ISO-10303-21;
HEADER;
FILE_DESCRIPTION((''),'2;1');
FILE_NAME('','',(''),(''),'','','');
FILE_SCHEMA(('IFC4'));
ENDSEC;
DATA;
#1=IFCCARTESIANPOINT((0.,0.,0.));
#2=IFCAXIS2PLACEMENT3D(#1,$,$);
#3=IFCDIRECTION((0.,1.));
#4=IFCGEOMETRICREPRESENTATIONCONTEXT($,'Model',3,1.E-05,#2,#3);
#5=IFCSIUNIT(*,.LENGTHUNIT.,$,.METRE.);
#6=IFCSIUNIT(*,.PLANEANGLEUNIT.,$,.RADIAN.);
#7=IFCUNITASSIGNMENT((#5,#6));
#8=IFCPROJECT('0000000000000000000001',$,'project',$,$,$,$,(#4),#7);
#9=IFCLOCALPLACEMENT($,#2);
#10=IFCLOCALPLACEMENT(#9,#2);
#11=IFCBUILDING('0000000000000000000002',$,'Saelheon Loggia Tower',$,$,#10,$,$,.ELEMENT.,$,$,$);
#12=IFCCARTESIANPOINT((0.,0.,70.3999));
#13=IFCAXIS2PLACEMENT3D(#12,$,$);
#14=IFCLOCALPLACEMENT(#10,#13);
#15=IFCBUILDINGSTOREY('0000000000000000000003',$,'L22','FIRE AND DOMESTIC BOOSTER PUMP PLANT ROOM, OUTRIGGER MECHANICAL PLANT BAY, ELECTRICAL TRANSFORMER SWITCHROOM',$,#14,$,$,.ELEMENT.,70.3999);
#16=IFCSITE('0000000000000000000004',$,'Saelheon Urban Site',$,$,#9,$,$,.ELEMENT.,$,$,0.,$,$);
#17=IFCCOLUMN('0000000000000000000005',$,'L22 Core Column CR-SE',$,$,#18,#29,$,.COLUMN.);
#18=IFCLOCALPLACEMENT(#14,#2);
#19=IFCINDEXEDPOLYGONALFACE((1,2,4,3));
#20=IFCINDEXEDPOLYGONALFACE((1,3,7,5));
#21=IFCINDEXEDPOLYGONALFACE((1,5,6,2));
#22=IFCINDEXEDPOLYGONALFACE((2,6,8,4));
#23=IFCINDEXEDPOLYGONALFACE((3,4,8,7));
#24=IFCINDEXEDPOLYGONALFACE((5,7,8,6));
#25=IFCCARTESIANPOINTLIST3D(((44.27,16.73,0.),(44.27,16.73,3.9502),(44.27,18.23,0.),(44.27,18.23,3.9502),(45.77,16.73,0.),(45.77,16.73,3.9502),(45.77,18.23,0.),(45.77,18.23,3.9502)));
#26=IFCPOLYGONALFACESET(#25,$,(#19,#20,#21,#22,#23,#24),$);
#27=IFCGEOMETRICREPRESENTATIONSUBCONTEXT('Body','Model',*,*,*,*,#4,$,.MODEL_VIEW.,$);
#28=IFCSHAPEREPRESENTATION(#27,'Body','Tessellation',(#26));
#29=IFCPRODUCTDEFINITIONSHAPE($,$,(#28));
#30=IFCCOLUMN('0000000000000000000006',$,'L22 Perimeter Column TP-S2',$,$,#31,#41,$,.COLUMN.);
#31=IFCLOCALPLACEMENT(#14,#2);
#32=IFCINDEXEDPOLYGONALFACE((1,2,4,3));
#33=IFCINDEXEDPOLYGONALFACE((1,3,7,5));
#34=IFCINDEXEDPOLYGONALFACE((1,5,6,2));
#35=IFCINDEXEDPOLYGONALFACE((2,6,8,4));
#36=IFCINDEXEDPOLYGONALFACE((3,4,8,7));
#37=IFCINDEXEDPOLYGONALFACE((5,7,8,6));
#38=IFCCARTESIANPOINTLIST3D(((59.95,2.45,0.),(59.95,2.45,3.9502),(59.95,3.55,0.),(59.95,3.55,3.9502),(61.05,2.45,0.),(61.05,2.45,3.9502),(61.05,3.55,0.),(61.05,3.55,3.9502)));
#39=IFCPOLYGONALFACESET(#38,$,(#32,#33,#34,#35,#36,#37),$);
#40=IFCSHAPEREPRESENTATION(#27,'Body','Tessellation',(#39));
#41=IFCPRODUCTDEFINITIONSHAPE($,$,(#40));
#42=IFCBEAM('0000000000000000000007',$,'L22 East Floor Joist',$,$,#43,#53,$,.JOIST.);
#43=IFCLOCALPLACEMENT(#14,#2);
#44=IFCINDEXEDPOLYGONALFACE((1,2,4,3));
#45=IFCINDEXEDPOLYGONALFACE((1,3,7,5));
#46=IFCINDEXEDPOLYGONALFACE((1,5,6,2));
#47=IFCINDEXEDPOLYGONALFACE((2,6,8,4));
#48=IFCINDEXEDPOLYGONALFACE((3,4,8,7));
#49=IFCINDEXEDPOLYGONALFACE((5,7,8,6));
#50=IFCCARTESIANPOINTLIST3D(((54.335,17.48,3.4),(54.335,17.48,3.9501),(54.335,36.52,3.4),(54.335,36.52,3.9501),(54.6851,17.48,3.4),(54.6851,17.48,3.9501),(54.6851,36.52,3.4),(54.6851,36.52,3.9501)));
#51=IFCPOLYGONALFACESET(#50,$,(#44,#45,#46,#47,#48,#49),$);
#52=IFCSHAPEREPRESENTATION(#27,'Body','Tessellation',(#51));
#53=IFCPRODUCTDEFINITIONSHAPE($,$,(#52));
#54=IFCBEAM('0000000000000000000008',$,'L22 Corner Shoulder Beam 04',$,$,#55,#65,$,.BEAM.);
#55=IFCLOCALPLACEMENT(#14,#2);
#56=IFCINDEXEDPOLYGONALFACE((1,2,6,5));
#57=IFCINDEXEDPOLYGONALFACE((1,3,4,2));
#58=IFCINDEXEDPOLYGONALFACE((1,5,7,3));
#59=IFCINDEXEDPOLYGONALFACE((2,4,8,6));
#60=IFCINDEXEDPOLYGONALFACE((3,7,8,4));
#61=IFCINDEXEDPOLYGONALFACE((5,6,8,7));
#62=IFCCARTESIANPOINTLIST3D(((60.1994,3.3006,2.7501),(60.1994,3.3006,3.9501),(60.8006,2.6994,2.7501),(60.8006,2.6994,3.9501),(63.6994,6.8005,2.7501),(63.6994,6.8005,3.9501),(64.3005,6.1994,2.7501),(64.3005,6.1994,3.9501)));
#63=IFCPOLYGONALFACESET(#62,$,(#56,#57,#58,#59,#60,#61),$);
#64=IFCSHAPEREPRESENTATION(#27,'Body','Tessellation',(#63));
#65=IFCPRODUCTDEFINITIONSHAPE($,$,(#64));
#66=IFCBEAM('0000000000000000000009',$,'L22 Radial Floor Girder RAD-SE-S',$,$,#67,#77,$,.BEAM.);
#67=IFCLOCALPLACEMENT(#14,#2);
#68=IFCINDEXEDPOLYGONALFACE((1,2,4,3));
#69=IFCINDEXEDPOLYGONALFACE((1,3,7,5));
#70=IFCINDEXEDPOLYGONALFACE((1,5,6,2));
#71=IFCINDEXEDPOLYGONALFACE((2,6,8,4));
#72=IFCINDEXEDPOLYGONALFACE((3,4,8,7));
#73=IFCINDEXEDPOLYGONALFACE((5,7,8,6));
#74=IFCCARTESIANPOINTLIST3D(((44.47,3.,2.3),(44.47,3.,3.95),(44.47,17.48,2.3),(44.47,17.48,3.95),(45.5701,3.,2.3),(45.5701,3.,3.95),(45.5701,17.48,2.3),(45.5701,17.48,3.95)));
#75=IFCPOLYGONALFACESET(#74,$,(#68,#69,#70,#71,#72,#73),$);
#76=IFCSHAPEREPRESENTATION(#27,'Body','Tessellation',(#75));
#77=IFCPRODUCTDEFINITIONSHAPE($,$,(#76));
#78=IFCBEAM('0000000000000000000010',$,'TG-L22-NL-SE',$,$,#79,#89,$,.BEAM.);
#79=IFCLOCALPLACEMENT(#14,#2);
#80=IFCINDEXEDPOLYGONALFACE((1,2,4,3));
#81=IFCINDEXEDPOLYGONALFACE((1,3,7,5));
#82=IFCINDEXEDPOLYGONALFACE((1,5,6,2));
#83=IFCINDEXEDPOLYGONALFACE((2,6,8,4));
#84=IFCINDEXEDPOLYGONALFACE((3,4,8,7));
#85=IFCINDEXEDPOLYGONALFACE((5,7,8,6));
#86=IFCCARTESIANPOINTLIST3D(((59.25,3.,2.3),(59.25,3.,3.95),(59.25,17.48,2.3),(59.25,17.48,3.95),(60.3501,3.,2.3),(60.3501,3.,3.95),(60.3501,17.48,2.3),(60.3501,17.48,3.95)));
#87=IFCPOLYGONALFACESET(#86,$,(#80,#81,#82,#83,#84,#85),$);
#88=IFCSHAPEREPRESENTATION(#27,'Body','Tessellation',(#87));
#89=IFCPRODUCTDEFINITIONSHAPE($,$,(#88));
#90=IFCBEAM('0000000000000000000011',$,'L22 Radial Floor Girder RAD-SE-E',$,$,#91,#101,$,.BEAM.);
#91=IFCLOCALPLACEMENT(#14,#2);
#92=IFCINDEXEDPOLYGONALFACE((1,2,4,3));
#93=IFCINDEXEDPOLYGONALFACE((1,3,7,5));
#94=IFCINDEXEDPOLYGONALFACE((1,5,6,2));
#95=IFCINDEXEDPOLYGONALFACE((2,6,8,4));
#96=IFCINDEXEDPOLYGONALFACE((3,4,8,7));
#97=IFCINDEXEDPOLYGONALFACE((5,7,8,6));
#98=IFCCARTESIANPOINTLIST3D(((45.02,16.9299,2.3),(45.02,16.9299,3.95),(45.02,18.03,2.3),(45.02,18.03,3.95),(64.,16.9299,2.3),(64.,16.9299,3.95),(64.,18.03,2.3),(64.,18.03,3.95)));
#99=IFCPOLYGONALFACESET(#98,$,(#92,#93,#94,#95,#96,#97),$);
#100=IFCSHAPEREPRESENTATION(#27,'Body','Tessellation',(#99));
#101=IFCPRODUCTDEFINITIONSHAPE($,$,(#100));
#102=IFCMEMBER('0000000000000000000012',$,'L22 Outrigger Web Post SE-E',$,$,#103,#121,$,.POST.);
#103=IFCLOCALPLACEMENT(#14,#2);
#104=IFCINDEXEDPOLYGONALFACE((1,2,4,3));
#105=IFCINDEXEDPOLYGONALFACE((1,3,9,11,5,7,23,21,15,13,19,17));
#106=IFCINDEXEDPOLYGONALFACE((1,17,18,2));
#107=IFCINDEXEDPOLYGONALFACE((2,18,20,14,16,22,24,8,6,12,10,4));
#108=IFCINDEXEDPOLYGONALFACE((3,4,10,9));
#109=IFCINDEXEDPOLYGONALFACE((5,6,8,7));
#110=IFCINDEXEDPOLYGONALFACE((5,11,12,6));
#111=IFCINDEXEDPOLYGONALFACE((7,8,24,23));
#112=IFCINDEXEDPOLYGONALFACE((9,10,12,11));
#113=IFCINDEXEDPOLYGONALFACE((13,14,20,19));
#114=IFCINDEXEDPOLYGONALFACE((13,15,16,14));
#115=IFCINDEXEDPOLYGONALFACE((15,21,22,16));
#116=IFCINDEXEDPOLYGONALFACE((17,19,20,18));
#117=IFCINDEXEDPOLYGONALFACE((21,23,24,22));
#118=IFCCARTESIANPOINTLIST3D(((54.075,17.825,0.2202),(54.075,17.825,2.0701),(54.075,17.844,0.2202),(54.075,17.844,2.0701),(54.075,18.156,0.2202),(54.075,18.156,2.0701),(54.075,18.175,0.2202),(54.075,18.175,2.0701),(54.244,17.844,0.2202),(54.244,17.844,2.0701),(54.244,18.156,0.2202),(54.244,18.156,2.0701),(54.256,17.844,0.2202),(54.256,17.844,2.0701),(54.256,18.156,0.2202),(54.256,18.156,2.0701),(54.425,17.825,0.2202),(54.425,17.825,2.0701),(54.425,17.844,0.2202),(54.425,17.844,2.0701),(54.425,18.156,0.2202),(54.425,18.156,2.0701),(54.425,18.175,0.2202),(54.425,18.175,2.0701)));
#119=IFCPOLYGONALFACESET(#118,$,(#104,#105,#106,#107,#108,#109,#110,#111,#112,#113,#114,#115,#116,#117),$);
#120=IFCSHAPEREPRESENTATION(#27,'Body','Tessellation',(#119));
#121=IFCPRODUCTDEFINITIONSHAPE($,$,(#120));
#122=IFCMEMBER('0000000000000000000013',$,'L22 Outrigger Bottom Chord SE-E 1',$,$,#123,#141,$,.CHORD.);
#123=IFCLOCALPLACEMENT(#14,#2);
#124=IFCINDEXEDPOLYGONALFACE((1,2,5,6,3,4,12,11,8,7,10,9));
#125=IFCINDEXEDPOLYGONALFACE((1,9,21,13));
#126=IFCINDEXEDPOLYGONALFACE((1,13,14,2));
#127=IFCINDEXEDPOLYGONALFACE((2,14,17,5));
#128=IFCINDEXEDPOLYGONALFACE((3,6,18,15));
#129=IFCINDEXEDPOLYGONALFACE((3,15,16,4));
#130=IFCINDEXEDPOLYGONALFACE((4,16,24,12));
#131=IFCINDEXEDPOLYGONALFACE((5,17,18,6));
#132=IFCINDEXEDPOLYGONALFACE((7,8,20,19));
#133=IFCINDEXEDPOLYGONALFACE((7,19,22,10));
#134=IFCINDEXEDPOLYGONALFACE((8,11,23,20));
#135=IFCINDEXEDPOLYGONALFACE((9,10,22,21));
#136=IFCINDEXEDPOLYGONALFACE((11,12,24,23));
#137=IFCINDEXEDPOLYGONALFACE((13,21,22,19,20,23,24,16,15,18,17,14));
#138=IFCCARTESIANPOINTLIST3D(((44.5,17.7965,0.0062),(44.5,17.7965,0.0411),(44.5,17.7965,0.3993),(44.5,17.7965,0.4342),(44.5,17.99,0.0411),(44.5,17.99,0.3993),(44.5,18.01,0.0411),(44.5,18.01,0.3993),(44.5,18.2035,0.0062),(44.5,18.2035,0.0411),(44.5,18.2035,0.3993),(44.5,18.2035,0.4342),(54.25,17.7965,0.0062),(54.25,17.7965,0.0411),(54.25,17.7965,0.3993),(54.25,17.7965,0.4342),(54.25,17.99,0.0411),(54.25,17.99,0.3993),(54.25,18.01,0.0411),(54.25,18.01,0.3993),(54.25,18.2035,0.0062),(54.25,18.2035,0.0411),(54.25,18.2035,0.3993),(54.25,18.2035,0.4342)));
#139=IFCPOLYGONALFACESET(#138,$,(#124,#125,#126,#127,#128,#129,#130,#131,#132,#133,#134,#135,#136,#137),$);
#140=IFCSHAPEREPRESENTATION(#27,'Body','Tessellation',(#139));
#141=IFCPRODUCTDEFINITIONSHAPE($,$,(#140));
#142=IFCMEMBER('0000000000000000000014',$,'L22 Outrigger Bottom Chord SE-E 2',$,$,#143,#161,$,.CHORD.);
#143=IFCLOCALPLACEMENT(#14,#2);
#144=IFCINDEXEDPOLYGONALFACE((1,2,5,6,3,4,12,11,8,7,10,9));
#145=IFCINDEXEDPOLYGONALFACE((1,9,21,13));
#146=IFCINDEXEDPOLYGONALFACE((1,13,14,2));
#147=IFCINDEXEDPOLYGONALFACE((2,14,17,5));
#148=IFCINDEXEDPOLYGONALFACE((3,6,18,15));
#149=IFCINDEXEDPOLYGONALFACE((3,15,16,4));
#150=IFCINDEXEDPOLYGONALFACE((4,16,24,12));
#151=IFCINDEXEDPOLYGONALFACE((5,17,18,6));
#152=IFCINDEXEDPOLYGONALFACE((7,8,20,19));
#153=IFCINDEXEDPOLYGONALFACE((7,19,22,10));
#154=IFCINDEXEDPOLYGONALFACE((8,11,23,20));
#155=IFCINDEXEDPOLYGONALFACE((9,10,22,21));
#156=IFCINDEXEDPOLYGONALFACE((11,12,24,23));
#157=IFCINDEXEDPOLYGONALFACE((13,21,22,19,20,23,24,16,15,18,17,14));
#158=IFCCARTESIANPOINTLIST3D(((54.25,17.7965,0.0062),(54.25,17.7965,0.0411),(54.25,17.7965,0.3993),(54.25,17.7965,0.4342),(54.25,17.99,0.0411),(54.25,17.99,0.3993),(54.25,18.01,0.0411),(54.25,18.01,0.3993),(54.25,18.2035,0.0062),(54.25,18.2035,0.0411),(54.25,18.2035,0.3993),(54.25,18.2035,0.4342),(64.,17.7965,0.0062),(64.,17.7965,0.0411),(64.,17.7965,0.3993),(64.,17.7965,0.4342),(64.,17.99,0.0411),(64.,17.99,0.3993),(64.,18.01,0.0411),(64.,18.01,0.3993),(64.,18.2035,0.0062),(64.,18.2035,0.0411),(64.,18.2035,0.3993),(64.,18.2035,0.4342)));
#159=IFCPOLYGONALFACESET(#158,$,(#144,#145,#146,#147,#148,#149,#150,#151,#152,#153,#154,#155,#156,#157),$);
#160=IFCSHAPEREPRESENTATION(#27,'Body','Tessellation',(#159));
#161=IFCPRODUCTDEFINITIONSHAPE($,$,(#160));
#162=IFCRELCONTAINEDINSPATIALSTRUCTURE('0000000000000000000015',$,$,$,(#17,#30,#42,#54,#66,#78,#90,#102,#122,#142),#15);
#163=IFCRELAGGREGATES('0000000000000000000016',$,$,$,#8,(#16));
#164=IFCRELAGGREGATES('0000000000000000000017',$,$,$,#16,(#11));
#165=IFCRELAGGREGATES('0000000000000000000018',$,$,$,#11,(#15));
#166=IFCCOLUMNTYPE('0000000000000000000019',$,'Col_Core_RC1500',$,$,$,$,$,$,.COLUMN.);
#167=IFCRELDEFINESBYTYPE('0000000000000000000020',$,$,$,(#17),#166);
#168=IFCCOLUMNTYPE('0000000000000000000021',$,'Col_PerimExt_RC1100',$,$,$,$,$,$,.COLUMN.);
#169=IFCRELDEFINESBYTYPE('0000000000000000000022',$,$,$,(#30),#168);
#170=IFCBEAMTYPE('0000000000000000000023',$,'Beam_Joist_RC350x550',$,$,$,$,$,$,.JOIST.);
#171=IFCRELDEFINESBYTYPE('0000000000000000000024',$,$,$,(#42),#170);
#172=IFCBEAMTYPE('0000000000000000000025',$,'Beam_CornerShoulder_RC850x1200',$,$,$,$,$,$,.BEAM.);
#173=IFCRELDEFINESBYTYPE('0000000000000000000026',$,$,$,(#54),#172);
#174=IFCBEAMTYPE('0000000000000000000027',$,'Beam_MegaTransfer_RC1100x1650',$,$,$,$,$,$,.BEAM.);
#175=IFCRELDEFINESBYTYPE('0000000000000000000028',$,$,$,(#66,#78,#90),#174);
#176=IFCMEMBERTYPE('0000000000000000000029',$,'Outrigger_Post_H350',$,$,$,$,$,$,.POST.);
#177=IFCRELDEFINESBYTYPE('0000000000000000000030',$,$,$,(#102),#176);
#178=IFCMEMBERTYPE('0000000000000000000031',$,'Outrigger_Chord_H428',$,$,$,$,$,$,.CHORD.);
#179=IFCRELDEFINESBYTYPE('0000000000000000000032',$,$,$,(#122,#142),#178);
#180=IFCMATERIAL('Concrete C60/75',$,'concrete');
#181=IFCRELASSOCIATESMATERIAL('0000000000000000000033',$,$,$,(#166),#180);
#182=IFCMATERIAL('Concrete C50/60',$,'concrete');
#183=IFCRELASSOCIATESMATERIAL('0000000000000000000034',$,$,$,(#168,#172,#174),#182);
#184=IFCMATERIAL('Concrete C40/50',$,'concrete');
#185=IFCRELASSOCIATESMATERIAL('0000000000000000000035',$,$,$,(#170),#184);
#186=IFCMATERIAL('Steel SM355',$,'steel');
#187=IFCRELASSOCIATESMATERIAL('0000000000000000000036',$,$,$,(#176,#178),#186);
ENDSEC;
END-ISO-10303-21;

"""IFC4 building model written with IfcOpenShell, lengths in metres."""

from ifc_helpers import new_model, si_unit, direction, frame, origin, origin_2d, place, context, subcontext, project, spatial, rectangle, i_section, extrude, source, transform, mapped, material, material_profile, profile_set, type_object, element, save


model = new_model("IFC4")

# Units and contexts
model_context = context("Model", 3, precision=1e-05, world=origin(), true_north=direction((0.0, 1.0)))
body_context = subcontext(model_context, "Body", "Model", "MODEL_VIEW")
ifc_project = project(units=[si_unit("LENGTHUNIT", "METRE"), si_unit("PLANEANGLEUNIT", "RADIAN")], contexts=[model_context])

# Site, building, storey
site_placement = place(None, origin())
site = spatial("IfcSite", under=ifc_project, at=site_placement, Name="Saelheon Urban Site", CompositionType="ELEMENT", RefElevation=0.0)
building_placement = place(site_placement, origin())
building = spatial("IfcBuilding", under=site, at=building_placement, Name="Saelheon Loggia Tower", CompositionType="ELEMENT")
storey_placement = place(building_placement, frame((0.0, 0.0, 70.3999)))
storey = spatial("IfcBuildingStorey", under=building, at=storey_placement, Name="L22", Description="FIRE AND DOMESTIC BOOSTER PUMP PLANT ROOM, OUTRIGGER MECHANICAL PLANT BAY, ELECTRICAL TRANSFORMER SWITCHROOM", CompositionType="ELEMENT", Elevation=70.3999)

# Columns
ifc_material_1 = material(Name="Concrete C60/75", Category="concrete")
ifc_material_profile_1 = material_profile(ifc_material_1, rectangle(XDim=1.5, YDim=1.5, at=origin_2d()), Name="RC-1500x1500")
ifc_profile_set_1 = profile_set([ifc_material_profile_1], Name="Concrete C60/75")
column_type_1 = type_object("IfcColumnType", Name="Col_Core_RC1500", PredefinedType="COLUMN", material=ifc_profile_set_1)
shared_shape_1 = source(origin(), body_context, "Body", "SweptSolid", [
    extrude(rectangle(XDim=1.5, YDim=1.5, at=origin_2d()), origin(), (0.0, 0.0, 1.0), 3.9502),
])
column_1_placement = place(storey_placement, frame((45.02, 17.48, 0.0), z_axis=(0.0, 0.0, 1.0), x_axis=(1.0, 0.0, 0.0)))
element("IfcColumn", 1, at=column_1_placement, inside=storey, type_object=column_type_1, Name="L22 Core Column CR-SE", PredefinedType="COLUMN", context=body_context, shape_type="MappedRepresentation", body=[
    mapped(shared_shape_1, transform((0.0, 0.0, 0.0), scale=1.0)),
])
ifc_material_2 = material(Name="Concrete C50/60", Category="concrete")
ifc_material_profile_2 = material_profile(ifc_material_2, rectangle(XDim=1.1001, YDim=1.1001, at=origin_2d()), Name="RC-1100x1100")
ifc_profile_set_2 = profile_set([ifc_material_profile_2], Name="Concrete C50/60")
column_type_2 = type_object("IfcColumnType", Name="Col_PerimExt_RC1100", PredefinedType="COLUMN", material=ifc_profile_set_2)
shared_shape_2 = source(origin(), body_context, "Body", "SweptSolid", [
    extrude(rectangle(XDim=1.1001, YDim=1.1001, at=origin_2d()), origin(), (0.0, 0.0, 1.0), 3.9502),
])
column_2_placement = place(storey_placement, frame((60.5, 3.0, 0.0), z_axis=(0.0, 0.0, 1.0), x_axis=(1.0, 0.0, 0.0)))
element("IfcColumn", 2, at=column_2_placement, inside=storey, type_object=column_type_2, Name="L22 Perimeter Column TP-S2", PredefinedType="COLUMN", context=body_context, shape_type="MappedRepresentation", body=[
    mapped(shared_shape_2, transform((0.0, 0.0, 0.0), scale=1.0)),
])

# Beams
ifc_material_3 = material(Name="Concrete C40/50", Category="concrete")
ifc_material_profile_3 = material_profile(ifc_material_3, rectangle(XDim=0.3501, YDim=0.55, at=origin_2d()), Name="RC-350x550")
ifc_profile_set_3 = profile_set([ifc_material_profile_3], Name="Concrete C40/50")
beam_type_1 = type_object("IfcBeamType", Name="Beam_Joist_RC350x550", PredefinedType="JOIST", material=ifc_profile_set_3)
shared_shape_3 = source(origin(), body_context, "Body", "SweptSolid", [
    extrude(rectangle(XDim=0.3501, YDim=0.55, at=origin_2d()), origin(), (0.0, 0.0, 1.0), 19.04),
])
beam_1_placement = place(storey_placement, frame((54.51, 17.48, 3.675), z_axis=(0.0, 1.0, 0.0), x_axis=(-1.0, 0.0, 0.0)))
element("IfcBeam", 3, at=beam_1_placement, inside=storey, type_object=beam_type_1, Name="L22 East Floor Joist", PredefinedType="JOIST", context=body_context, shape_type="MappedRepresentation", body=[
    mapped(shared_shape_3, transform((0.0, 0.0, 0.0), scale=1.0)),
])
ifc_material_profile_4 = material_profile(ifc_material_2, rectangle(XDim=0.8501, YDim=1.2, at=origin_2d()), Name="RC-850x1200")
ifc_profile_set_4 = profile_set([ifc_material_profile_4], Name="Concrete C50/60")
beam_type_2 = type_object("IfcBeamType", Name="Beam_CornerShoulder_RC850x1200", PredefinedType="BEAM", material=ifc_profile_set_4)
shared_shape_4 = source(origin(), body_context, "Body", "SweptSolid", [
    extrude(rectangle(XDim=0.8501, YDim=1.2, at=origin_2d()), origin(), (0.0, 0.0, 1.0), 4.9497),
])
beam_2_placement = place(storey_placement, frame((60.5, 3.0, 3.3501), z_axis=(0.707107, 0.707107, 0.0), x_axis=(-0.707107, 0.707107, 0.0)))
element("IfcBeam", 4, at=beam_2_placement, inside=storey, type_object=beam_type_2, Name="L22 Corner Shoulder Beam 04", PredefinedType="BEAM", context=body_context, shape_type="MappedRepresentation", body=[
    mapped(shared_shape_4, transform((0.0, 0.0, 0.0), scale=1.0)),
])
ifc_material_profile_5 = material_profile(ifc_material_2, rectangle(XDim=1.1001, YDim=1.6499, at=origin_2d()), Name="RC-1100x1650")
ifc_profile_set_5 = profile_set([ifc_material_profile_5], Name="Concrete C50/60")
beam_type_3 = type_object("IfcBeamType", Name="Beam_MegaTransfer_RC1100x1650", PredefinedType="BEAM", material=ifc_profile_set_5)
shared_shape_5 = source(origin(), body_context, "Body", "SweptSolid", [
    extrude(rectangle(XDim=1.1001, YDim=1.6499, at=origin_2d()), origin(), (0.0, 0.0, 1.0), 14.48),
])
for number, where, z_axis, x_axis, name in (
    (5, (45.02, 17.48, 3.125), (0.0, -1.0, 0.0), (1.0, 0.0, 0.0), "L22 Radial Floor Girder RAD-SE-S"),
    (6, (59.8, 3.0, 3.125), (0.0, 1.0, 0.0), (-1.0, 0.0, 0.0), "TG-L22-NL-SE"),
):
    element("IfcBeam", number, at=place(storey_placement, frame(where, z_axis=z_axis, x_axis=x_axis)), inside=storey, type_object=beam_type_3, Name=name, PredefinedType="BEAM", context=body_context, shape_type="MappedRepresentation", body=[
        mapped(shared_shape_5, transform((0.0, 0.0, 0.0), scale=1.0)),
    ])
shared_shape_6 = source(origin(), body_context, "Body", "SweptSolid", [
    extrude(rectangle(XDim=1.1001, YDim=1.6499, at=origin_2d()), origin(), (0.0, 0.0, 1.0), 18.98),
])
beam_3_placement = place(storey_placement, frame((45.02, 17.48, 3.125), z_axis=(1.0, 0.0, 0.0), x_axis=(0.0, 1.0, 0.0)))
element("IfcBeam", 7, at=beam_3_placement, inside=storey, type_object=beam_type_3, Name="L22 Radial Floor Girder RAD-SE-E", PredefinedType="BEAM", context=body_context, shape_type="MappedRepresentation", body=[
    mapped(shared_shape_6, transform((0.0, 0.0, 0.0), scale=1.0)),
])

# Members
ifc_material_4 = material(Name="Steel SM355", Category="steel")
ifc_material_profile_6 = material_profile(ifc_material_4, i_section(OverallWidth=0.3501, OverallDepth=0.3501, WebThickness=0.012, FlangeThickness=0.019, at=origin_2d()), Name="H-350x350x12x19")
ifc_profile_set_6 = profile_set([ifc_material_profile_6], Name="Steel SM355")
member_type_1 = type_object("IfcMemberType", Name="Outrigger_Post_H350", PredefinedType="POST", material=ifc_profile_set_6)
shared_shape_7 = source(origin(), body_context, "Body", "SweptSolid", [
    extrude(i_section(OverallWidth=0.3501, OverallDepth=0.3501, WebThickness=0.012, FlangeThickness=0.019, at=origin_2d()), origin(), (0.0, 0.0, 1.0), 1.8499),
])
member_1_placement = place(storey_placement, frame((54.25, 18.0, 0.2202), z_axis=(0.0, 0.0, 1.0), x_axis=(1.0, 0.0, 0.0)))
element("IfcMember", 8, at=member_1_placement, inside=storey, type_object=member_type_1, Name="L22 Outrigger Web Post SE-E", PredefinedType="POST", context=body_context, shape_type="MappedRepresentation", body=[
    mapped(shared_shape_7, transform((0.0, 0.0, 0.0), scale=1.0)),
])
ifc_material_profile_7 = material_profile(ifc_material_4, i_section(OverallWidth=0.407, OverallDepth=0.428, WebThickness=0.02, FlangeThickness=0.0349, at=origin_2d()), Name="H-428x407x20x35")
ifc_profile_set_7 = profile_set([ifc_material_profile_7], Name="Steel SM355")
member_type_2 = type_object("IfcMemberType", Name="Outrigger_Chord_H428", PredefinedType="CHORD", material=ifc_profile_set_7)
shared_shape_8 = source(origin(), body_context, "Body", "SweptSolid", [
    extrude(i_section(OverallWidth=0.407, OverallDepth=0.428, WebThickness=0.02, FlangeThickness=0.0349, at=origin_2d()), origin(), (0.0, 0.0, 1.0), 9.75),
])
for number, where, z_axis, x_axis, name in (
    (9, (44.5, 18.0, 0.2202), (1.0, 0.0, 0.0), (0.0, 1.0, 0.0), "L22 Outrigger Bottom Chord SE-E 1"),
    (10, (54.25, 18.0, 0.2202), (1.0, 0.0, 0.0), (0.0, 1.0, 0.0), "L22 Outrigger Bottom Chord SE-E 2"),
):
    element("IfcMember", number, at=place(storey_placement, frame(where, z_axis=z_axis, x_axis=x_axis)), inside=storey, type_object=member_type_2, Name=name, PredefinedType="CHORD", context=body_context, shape_type="MappedRepresentation", body=[
        mapped(shared_shape_8, transform((0.0, 0.0, 0.0), scale=1.0)),
    ])

save(model, "model.ifc")
